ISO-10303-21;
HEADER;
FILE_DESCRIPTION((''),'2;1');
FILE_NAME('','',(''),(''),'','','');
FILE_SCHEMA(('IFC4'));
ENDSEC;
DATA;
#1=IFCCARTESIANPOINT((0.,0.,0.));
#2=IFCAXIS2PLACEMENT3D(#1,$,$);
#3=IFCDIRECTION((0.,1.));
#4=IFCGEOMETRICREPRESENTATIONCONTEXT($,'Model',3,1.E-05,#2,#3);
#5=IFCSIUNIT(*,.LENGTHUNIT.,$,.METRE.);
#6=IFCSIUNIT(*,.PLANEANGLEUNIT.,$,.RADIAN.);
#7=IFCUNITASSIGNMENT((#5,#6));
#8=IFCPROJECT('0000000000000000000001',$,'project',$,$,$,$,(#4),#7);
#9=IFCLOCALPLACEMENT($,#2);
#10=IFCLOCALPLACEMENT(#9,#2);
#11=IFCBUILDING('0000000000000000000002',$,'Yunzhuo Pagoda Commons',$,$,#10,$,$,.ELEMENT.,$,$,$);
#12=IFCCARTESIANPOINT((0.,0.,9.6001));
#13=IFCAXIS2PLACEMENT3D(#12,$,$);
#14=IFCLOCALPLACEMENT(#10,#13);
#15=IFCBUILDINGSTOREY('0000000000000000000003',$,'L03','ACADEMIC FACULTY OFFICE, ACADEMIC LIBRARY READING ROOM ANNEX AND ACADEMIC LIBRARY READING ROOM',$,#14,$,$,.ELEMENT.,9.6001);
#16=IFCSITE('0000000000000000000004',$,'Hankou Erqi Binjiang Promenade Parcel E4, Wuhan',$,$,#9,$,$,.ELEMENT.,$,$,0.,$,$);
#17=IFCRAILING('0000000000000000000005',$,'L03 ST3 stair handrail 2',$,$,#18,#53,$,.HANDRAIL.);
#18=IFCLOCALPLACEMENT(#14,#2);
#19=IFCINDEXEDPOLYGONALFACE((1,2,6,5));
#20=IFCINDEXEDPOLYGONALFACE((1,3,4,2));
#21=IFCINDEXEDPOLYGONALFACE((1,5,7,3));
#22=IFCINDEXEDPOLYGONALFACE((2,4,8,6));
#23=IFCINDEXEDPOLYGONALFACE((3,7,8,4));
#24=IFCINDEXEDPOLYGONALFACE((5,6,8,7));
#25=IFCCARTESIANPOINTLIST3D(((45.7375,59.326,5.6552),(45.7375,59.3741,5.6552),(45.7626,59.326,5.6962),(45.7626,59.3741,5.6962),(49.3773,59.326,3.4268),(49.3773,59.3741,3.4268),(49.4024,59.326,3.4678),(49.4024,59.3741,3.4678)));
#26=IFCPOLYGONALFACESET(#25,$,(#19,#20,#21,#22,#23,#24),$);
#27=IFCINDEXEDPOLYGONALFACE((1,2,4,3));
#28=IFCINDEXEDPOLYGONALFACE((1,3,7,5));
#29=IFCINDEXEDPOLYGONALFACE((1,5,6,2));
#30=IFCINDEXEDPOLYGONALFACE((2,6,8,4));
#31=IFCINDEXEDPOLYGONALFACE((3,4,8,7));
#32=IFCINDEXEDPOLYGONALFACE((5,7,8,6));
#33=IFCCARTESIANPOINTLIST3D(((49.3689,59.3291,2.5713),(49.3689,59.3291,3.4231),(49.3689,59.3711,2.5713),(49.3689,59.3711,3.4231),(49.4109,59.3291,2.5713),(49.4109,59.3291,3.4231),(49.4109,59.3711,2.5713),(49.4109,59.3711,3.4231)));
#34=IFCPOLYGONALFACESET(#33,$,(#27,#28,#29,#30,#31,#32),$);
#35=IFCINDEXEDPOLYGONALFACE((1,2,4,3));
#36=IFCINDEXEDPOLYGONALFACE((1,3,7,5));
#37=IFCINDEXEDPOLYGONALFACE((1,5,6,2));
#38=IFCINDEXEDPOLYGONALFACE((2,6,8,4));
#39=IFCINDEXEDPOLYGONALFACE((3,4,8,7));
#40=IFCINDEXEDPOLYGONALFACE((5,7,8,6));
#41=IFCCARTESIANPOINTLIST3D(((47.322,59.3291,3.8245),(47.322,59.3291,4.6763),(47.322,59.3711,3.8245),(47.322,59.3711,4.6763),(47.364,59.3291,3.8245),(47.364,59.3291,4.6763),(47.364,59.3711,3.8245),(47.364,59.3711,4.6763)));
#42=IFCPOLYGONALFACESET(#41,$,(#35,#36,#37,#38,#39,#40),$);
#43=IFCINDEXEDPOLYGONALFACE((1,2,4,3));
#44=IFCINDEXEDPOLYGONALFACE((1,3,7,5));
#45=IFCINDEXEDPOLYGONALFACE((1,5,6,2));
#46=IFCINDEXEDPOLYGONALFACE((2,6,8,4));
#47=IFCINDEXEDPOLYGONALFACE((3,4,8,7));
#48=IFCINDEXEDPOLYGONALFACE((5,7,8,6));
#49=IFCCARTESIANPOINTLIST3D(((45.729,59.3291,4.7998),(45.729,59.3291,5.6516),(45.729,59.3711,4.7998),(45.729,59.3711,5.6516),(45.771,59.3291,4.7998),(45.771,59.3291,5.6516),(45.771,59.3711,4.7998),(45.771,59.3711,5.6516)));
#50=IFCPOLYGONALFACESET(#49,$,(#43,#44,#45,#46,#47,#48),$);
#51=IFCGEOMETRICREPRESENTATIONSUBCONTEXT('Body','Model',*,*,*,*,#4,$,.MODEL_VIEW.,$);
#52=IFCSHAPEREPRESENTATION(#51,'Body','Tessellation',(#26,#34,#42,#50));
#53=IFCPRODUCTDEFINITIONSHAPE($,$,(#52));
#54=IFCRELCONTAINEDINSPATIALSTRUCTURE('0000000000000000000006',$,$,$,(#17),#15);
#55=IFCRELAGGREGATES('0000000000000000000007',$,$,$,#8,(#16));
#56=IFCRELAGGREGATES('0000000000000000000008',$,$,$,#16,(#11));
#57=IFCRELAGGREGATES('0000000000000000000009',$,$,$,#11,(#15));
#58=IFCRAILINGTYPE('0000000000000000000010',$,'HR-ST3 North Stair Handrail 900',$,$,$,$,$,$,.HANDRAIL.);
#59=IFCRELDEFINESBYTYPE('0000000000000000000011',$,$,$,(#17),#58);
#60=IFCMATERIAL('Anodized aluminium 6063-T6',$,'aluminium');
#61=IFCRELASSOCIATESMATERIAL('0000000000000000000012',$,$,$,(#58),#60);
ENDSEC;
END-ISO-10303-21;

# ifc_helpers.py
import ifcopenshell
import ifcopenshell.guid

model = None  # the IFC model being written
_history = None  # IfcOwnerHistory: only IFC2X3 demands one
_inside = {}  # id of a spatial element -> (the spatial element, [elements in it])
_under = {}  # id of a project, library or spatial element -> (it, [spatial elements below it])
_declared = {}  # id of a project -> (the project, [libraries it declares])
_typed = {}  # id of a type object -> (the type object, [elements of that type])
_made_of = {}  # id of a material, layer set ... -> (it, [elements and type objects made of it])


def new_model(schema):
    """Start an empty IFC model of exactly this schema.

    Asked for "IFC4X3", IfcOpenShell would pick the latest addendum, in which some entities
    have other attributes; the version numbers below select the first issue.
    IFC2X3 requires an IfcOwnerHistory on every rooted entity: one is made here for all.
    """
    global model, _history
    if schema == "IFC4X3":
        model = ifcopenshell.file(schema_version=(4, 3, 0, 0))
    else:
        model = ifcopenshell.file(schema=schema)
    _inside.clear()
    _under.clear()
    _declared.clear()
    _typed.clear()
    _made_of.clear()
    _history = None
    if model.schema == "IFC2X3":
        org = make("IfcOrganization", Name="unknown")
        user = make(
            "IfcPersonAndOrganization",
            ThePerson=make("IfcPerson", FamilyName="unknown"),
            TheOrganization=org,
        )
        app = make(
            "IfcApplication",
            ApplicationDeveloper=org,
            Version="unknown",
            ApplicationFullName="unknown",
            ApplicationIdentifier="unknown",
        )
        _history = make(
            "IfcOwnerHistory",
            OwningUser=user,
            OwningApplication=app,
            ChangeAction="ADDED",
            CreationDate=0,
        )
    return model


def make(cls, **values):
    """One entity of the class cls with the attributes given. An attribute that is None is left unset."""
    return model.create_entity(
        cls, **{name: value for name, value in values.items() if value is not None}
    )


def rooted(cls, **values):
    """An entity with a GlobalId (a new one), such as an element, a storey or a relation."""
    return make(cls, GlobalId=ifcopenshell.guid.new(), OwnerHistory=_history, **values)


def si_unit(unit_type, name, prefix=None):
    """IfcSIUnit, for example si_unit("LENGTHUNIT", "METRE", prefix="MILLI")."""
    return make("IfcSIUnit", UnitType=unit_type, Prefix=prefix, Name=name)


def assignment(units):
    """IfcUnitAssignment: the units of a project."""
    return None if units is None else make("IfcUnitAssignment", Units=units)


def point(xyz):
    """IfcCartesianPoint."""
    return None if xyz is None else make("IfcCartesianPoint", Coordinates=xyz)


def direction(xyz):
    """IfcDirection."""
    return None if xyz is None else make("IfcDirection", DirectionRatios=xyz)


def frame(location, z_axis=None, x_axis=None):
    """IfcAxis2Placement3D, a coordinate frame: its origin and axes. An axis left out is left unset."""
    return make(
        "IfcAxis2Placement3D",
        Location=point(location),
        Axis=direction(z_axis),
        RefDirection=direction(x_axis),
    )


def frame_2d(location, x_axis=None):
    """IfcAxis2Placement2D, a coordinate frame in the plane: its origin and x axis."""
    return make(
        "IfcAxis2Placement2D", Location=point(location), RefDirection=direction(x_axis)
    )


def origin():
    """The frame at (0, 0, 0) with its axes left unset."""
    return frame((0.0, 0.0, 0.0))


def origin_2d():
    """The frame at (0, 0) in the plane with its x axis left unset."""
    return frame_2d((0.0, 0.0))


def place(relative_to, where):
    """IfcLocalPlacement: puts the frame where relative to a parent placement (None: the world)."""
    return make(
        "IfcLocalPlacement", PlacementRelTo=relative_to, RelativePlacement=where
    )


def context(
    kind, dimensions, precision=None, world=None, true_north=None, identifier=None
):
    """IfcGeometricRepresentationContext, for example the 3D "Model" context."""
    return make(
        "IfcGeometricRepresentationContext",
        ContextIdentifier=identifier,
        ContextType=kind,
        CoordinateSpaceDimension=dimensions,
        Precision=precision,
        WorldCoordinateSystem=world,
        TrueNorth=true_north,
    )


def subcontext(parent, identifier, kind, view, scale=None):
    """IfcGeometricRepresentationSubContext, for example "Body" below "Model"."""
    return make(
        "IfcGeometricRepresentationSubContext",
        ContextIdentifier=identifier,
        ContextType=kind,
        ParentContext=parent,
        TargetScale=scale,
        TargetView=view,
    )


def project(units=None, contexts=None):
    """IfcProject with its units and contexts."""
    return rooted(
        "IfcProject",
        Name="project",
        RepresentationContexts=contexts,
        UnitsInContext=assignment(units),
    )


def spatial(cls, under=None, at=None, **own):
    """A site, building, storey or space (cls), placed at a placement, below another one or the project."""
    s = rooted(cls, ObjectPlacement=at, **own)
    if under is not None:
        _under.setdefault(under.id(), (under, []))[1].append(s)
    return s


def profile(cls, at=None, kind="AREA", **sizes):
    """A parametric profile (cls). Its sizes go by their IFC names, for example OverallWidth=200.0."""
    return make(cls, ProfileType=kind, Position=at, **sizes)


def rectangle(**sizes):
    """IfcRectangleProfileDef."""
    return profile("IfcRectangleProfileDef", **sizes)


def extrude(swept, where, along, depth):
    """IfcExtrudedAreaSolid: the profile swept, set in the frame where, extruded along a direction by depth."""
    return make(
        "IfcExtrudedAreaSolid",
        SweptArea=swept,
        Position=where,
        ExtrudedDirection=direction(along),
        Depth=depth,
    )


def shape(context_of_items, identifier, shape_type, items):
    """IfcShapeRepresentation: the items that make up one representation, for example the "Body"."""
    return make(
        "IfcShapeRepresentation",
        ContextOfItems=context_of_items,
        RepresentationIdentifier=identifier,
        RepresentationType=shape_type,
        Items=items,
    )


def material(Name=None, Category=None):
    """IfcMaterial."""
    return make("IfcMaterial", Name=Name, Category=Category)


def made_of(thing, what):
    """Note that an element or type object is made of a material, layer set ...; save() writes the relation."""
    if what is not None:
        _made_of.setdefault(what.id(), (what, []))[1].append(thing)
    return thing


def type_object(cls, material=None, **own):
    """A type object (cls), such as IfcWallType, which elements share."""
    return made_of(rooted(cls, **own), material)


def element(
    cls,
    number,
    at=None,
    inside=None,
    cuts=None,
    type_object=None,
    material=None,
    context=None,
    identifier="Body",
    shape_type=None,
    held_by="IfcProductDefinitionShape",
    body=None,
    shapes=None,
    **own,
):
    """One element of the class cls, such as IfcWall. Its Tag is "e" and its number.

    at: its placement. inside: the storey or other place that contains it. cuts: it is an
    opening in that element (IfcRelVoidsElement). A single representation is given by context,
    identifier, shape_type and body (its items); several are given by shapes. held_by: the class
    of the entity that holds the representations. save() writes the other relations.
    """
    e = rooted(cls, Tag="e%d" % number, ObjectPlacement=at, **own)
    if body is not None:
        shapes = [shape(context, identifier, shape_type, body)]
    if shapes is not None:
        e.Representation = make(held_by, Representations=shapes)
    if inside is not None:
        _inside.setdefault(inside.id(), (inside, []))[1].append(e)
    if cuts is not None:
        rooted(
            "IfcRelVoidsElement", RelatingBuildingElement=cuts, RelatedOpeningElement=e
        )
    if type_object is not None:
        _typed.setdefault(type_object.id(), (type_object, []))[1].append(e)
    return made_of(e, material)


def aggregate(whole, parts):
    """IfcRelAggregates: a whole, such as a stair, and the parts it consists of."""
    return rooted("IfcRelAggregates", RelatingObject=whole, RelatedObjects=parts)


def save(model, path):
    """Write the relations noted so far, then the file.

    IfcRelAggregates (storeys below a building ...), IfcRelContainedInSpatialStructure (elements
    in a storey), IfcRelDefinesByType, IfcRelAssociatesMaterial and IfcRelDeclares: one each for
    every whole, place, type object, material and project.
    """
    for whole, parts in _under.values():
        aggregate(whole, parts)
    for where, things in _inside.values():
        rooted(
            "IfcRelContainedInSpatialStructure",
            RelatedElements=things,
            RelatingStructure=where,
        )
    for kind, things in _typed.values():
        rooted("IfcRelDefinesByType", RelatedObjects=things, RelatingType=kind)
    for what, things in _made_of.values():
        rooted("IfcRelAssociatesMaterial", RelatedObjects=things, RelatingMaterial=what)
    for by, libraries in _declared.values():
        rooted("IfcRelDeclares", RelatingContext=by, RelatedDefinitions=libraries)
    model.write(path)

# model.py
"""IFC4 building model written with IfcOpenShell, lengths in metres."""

from ifc_helpers import new_model, si_unit, direction, frame, origin, origin_2d, place, context, subcontext, project, spatial, rectangle, extrude, material, type_object, element, save


model = new_model("IFC4")

# Units and contexts
model_context = context("Model", 3, precision=1e-05, world=origin(), true_north=direction((0.0, 1.0)))
body_context = subcontext(model_context, "Body", "Model", "MODEL_VIEW")
ifc_project = project(units=[si_unit("LENGTHUNIT", "METRE"), si_unit("PLANEANGLEUNIT", "RADIAN")], contexts=[model_context])

# Site, building, storey
site_placement = place(None, origin())
site = spatial("IfcSite", under=ifc_project, at=site_placement, Name="Hankou Erqi Binjiang Promenade Parcel E4, Wuhan", CompositionType="ELEMENT", RefElevation=0.0)
building_placement = place(site_placement, origin())
building = spatial("IfcBuilding", under=site, at=building_placement, Name="Yunzhuo Pagoda Commons", CompositionType="ELEMENT")
storey_placement = place(building_placement, frame((0.0, 0.0, 9.6001)))
storey = spatial("IfcBuildingStorey", under=building, at=storey_placement, Name="L03", Description="ACADEMIC FACULTY OFFICE, ACADEMIC LIBRARY READING ROOM ANNEX AND ACADEMIC LIBRARY READING ROOM", CompositionType="ELEMENT", Elevation=9.6001)

# Shared definitions
ifc_material_1 = material(Name="Anodized aluminium 6063-T6", Category="aluminium")

# Railing
railing_type_1 = type_object("IfcRailingType", Name="HR-ST3 North Stair Handrail 900", PredefinedType="HANDRAIL", material=ifc_material_1)
railing_1_placement = place(storey_placement, frame((49.3899, 59.3501, 2.5713)))
element("IfcRailing", 1, at=railing_1_placement, inside=storey, type_object=railing_type_1, Name="L03 ST3 stair handrail 2", PredefinedType="HANDRAIL", context=body_context, shape_type="SweptSolid", body=[
    extrude(rectangle(XDim=0.0481, YDim=0.0481, at=origin_2d()), frame((0.0, 0.0, 0.876), z_axis=(-0.85285, 0.0, 0.522156), x_axis=(0.0, -1.0, 0.0)), (0.0, 0.0, 1.0), 4.2678),
    extrude(rectangle(XDim=0.042, YDim=0.042, at=origin_2d()), origin(), (0.0, 0.0, 1.0), 0.8518),
    extrude(rectangle(XDim=0.042, YDim=0.042, at=origin_2d()), frame((-2.0469, 0.0, 1.2532)), (0.0, 0.0, 1.0), 0.8518),
    extrude(rectangle(XDim=0.042, YDim=0.042, at=origin_2d()), frame((-3.6399, 0.0, 2.2285)), (0.0, 0.0, 1.0), 0.8518),
])

save(model, "model.ifc")
